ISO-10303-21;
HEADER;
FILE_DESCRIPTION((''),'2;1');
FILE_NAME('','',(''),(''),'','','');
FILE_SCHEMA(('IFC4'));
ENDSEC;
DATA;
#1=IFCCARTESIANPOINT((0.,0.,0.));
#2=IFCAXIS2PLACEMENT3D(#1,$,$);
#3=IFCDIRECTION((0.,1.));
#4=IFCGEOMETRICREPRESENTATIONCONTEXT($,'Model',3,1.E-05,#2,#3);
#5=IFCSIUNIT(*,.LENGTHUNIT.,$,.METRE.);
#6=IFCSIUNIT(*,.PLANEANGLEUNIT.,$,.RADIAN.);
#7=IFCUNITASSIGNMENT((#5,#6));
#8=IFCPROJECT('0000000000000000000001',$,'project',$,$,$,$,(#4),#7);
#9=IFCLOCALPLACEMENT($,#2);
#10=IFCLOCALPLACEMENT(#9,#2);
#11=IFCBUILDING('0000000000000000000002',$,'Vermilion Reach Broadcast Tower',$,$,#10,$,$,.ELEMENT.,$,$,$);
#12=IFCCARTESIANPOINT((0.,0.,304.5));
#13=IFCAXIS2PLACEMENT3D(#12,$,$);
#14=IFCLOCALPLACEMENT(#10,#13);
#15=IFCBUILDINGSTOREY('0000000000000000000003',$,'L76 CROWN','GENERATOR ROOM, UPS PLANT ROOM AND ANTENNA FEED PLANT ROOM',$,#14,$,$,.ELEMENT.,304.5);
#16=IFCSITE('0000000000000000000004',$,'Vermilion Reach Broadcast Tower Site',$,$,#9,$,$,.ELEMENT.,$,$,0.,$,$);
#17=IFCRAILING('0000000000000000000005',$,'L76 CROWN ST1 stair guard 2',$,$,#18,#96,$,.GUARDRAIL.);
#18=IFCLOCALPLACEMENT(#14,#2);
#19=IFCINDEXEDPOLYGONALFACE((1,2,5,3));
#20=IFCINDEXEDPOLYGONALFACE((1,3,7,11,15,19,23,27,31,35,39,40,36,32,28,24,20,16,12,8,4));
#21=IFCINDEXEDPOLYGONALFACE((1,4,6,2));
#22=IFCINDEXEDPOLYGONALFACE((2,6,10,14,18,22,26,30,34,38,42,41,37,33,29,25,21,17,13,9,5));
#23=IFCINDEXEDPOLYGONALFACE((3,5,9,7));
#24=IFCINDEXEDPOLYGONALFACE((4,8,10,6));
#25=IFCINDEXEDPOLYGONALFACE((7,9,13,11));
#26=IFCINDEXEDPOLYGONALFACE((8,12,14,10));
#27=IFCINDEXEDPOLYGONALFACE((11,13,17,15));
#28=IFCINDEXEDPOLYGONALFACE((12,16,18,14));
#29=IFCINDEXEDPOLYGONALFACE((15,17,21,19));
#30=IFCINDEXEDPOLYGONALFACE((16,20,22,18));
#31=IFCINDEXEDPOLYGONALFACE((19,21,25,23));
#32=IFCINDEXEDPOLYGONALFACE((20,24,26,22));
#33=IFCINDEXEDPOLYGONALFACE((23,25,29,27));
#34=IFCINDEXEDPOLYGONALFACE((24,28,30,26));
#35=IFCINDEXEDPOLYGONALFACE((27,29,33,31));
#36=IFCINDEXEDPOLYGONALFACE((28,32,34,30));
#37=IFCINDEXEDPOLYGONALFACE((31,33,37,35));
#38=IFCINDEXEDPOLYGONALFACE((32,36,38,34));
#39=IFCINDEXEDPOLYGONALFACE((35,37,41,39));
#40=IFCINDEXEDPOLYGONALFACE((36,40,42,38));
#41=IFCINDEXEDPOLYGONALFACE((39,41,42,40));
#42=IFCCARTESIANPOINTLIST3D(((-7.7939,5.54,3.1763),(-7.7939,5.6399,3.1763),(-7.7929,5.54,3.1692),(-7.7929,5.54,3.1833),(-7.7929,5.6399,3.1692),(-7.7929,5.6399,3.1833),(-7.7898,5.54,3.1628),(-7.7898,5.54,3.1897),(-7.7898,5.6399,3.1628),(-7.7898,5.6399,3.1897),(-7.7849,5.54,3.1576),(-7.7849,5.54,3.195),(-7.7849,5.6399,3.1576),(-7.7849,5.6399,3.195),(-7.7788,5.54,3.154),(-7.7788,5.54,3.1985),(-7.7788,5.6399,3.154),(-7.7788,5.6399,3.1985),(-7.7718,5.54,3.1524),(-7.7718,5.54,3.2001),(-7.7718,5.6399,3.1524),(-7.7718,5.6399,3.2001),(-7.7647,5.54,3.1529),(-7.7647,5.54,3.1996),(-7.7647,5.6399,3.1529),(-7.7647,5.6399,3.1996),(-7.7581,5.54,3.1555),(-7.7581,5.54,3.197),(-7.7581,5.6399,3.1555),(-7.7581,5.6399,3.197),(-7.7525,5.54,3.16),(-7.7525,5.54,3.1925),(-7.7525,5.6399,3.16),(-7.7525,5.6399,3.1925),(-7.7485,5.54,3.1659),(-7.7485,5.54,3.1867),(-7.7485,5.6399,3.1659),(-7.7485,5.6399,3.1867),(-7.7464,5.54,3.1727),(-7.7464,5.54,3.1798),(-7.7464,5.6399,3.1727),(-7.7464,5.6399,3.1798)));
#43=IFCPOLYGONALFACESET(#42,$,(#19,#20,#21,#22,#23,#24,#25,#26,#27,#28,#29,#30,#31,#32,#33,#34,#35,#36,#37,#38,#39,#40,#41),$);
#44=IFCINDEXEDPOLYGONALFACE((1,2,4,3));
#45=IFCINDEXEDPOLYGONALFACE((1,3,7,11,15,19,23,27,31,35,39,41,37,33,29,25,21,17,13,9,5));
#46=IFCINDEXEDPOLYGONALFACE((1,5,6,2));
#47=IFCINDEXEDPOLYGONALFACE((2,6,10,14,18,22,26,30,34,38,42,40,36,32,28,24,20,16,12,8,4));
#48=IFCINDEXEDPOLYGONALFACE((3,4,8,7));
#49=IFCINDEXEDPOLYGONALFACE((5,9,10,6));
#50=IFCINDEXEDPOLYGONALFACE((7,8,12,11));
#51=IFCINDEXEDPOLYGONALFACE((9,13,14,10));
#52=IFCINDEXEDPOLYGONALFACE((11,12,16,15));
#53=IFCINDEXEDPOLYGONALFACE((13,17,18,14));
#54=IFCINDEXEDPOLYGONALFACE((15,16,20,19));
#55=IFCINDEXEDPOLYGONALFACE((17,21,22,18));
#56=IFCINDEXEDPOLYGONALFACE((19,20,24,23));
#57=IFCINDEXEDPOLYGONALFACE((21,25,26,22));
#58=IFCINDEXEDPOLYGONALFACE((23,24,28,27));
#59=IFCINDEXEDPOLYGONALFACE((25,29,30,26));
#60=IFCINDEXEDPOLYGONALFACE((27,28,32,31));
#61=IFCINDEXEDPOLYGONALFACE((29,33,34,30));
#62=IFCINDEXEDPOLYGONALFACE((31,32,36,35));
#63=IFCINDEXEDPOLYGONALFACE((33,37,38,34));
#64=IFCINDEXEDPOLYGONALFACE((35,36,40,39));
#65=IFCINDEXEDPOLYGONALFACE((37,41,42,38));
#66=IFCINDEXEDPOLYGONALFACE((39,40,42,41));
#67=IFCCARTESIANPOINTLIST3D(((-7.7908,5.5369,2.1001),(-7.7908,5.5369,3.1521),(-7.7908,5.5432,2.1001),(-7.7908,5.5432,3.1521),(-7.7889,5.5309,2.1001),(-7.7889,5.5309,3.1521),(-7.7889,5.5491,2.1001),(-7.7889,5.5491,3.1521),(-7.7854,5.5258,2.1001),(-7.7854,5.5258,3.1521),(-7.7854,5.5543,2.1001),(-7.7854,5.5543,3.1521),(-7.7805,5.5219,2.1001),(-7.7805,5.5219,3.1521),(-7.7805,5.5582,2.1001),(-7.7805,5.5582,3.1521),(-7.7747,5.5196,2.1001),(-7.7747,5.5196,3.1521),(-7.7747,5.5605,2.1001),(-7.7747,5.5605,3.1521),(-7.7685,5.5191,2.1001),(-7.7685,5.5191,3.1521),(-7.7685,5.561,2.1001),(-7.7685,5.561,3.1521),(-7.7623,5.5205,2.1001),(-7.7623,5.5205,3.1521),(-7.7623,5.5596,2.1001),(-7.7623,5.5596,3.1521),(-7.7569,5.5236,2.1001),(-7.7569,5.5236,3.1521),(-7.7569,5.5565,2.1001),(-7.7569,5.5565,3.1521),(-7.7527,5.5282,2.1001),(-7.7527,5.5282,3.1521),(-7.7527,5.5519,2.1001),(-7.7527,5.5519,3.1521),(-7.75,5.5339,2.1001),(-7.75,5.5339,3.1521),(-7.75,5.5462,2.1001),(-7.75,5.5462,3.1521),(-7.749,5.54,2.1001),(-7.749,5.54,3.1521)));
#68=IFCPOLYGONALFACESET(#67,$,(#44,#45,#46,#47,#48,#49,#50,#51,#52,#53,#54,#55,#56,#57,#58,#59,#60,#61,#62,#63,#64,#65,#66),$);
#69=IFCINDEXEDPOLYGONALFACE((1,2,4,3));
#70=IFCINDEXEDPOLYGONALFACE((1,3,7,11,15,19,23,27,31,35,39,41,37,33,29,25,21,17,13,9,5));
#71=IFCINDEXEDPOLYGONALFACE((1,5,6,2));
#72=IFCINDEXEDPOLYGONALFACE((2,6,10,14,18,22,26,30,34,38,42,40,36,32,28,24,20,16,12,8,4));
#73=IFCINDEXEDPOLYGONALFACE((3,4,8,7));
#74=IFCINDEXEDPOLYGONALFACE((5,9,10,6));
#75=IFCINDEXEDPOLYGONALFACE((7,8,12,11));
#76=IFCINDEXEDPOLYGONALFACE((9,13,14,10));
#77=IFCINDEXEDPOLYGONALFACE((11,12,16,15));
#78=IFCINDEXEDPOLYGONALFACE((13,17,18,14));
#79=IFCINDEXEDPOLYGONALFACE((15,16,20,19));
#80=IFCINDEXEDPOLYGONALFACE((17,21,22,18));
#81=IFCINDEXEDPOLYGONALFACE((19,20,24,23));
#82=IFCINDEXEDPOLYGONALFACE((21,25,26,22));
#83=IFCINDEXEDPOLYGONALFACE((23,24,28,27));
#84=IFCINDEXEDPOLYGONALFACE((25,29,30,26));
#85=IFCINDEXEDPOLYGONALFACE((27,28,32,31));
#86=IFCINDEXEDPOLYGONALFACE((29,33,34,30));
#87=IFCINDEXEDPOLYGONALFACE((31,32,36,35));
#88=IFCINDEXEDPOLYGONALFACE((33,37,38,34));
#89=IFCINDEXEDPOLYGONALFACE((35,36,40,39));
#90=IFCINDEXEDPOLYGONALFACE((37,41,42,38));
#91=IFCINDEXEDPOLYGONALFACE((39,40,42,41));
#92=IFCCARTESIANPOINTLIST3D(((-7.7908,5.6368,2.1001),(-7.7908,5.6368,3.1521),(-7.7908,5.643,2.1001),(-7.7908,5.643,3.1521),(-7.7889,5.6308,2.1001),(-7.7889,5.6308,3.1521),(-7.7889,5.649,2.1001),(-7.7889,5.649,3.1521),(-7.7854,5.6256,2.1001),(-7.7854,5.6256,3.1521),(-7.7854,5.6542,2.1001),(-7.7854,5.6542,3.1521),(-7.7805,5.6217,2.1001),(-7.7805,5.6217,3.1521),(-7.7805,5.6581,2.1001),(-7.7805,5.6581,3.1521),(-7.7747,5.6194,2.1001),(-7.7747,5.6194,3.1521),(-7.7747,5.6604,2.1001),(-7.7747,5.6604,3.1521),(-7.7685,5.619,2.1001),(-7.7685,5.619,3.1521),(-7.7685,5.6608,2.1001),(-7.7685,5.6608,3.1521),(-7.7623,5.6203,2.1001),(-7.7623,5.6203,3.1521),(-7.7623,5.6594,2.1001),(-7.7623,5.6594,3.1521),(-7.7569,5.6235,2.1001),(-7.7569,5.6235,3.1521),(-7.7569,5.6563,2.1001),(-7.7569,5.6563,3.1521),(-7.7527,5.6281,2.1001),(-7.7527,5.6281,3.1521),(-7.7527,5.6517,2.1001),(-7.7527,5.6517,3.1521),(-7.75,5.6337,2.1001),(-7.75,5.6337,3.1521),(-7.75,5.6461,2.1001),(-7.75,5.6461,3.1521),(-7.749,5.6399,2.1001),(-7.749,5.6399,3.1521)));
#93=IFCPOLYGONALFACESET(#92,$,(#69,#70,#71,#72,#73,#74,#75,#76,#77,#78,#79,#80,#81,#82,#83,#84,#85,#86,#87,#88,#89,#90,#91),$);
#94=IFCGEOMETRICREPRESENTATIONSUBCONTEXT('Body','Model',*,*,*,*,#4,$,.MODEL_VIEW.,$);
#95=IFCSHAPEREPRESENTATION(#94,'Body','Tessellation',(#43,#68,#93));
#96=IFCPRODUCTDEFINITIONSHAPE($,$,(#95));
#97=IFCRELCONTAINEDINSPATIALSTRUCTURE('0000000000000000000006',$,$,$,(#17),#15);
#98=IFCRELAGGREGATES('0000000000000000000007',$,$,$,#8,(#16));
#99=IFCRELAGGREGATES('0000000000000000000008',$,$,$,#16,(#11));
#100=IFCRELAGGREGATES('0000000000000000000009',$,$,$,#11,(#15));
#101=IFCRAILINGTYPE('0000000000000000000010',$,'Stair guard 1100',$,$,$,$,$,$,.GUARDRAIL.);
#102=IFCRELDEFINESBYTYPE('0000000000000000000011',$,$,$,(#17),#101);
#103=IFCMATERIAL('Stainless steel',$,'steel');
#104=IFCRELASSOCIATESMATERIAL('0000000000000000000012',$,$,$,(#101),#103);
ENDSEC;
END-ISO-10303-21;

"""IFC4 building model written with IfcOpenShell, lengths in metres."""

from ifc_helpers import new_model, si_unit, direction, frame, origin, origin_2d, place, context, subcontext, project, spatial, circle, extrude, material, type_object, element, save


model = new_model("IFC4")

# Units and contexts
model_context = context("Model", 3, precision=1e-05, world=origin(), true_north=direction((0.0, 1.0)))
body_context = subcontext(model_context, "Body", "Model", "MODEL_VIEW")
ifc_project = project(units=[si_unit("LENGTHUNIT", "METRE"), si_unit("PLANEANGLEUNIT", "RADIAN")], contexts=[model_context])

# Site, building, storey
site_placement = place(None, origin())
site = spatial("IfcSite", under=ifc_project, at=site_placement, Name="Vermilion Reach Broadcast Tower Site", CompositionType="ELEMENT", RefElevation=0.0)
building_placement = place(site_placement, origin())
building = spatial("IfcBuilding", under=site, at=building_placement, Name="Vermilion Reach Broadcast Tower", CompositionType="ELEMENT")
storey_placement = place(building_placement, frame((0.0, 0.0, 304.5)))
storey = spatial("IfcBuildingStorey", under=building, at=storey_placement, Name="L76 CROWN", Description="GENERATOR ROOM, UPS PLANT ROOM AND ANTENNA FEED PLANT ROOM", CompositionType="ELEMENT", Elevation=304.5)

# Railing
ifc_material_1 = material(Name="Stainless steel", Category="steel")
railing_type_1 = type_object("IfcRailingType", Name="Stair guard 1100", PredefinedType="GUARDRAIL", material=ifc_material_1)
railing_1_placement = place(storey_placement, frame((-7.77, 5.54, 2.1001)))
element("IfcRailing", 1, at=railing_1_placement, inside=storey, type_object=railing_type_1, Name="L76 CROWN ST1 stair guard 2", PredefinedType="GUARDRAIL", context=body_context, shape_type="SweptSolid", body=[
    extrude(circle(Radius=0.0239, at=origin_2d()), frame((0.0, 0.0, 1.0762), z_axis=(0.0, 1.0, 0.0), x_axis=(-1.0, 0.0, 0.0)), (0.0, 0.0, 1.0), 0.0999),
    extrude(circle(Radius=0.021, at=origin_2d()), origin(), (0.0, 0.0, 1.0), 1.052),
    extrude(circle(Radius=0.021, at=origin_2d()), frame((0.0, 0.0999, 0.0)), (0.0, 0.0, 1.0), 1.052),
])

save(model, "model.ifc")
